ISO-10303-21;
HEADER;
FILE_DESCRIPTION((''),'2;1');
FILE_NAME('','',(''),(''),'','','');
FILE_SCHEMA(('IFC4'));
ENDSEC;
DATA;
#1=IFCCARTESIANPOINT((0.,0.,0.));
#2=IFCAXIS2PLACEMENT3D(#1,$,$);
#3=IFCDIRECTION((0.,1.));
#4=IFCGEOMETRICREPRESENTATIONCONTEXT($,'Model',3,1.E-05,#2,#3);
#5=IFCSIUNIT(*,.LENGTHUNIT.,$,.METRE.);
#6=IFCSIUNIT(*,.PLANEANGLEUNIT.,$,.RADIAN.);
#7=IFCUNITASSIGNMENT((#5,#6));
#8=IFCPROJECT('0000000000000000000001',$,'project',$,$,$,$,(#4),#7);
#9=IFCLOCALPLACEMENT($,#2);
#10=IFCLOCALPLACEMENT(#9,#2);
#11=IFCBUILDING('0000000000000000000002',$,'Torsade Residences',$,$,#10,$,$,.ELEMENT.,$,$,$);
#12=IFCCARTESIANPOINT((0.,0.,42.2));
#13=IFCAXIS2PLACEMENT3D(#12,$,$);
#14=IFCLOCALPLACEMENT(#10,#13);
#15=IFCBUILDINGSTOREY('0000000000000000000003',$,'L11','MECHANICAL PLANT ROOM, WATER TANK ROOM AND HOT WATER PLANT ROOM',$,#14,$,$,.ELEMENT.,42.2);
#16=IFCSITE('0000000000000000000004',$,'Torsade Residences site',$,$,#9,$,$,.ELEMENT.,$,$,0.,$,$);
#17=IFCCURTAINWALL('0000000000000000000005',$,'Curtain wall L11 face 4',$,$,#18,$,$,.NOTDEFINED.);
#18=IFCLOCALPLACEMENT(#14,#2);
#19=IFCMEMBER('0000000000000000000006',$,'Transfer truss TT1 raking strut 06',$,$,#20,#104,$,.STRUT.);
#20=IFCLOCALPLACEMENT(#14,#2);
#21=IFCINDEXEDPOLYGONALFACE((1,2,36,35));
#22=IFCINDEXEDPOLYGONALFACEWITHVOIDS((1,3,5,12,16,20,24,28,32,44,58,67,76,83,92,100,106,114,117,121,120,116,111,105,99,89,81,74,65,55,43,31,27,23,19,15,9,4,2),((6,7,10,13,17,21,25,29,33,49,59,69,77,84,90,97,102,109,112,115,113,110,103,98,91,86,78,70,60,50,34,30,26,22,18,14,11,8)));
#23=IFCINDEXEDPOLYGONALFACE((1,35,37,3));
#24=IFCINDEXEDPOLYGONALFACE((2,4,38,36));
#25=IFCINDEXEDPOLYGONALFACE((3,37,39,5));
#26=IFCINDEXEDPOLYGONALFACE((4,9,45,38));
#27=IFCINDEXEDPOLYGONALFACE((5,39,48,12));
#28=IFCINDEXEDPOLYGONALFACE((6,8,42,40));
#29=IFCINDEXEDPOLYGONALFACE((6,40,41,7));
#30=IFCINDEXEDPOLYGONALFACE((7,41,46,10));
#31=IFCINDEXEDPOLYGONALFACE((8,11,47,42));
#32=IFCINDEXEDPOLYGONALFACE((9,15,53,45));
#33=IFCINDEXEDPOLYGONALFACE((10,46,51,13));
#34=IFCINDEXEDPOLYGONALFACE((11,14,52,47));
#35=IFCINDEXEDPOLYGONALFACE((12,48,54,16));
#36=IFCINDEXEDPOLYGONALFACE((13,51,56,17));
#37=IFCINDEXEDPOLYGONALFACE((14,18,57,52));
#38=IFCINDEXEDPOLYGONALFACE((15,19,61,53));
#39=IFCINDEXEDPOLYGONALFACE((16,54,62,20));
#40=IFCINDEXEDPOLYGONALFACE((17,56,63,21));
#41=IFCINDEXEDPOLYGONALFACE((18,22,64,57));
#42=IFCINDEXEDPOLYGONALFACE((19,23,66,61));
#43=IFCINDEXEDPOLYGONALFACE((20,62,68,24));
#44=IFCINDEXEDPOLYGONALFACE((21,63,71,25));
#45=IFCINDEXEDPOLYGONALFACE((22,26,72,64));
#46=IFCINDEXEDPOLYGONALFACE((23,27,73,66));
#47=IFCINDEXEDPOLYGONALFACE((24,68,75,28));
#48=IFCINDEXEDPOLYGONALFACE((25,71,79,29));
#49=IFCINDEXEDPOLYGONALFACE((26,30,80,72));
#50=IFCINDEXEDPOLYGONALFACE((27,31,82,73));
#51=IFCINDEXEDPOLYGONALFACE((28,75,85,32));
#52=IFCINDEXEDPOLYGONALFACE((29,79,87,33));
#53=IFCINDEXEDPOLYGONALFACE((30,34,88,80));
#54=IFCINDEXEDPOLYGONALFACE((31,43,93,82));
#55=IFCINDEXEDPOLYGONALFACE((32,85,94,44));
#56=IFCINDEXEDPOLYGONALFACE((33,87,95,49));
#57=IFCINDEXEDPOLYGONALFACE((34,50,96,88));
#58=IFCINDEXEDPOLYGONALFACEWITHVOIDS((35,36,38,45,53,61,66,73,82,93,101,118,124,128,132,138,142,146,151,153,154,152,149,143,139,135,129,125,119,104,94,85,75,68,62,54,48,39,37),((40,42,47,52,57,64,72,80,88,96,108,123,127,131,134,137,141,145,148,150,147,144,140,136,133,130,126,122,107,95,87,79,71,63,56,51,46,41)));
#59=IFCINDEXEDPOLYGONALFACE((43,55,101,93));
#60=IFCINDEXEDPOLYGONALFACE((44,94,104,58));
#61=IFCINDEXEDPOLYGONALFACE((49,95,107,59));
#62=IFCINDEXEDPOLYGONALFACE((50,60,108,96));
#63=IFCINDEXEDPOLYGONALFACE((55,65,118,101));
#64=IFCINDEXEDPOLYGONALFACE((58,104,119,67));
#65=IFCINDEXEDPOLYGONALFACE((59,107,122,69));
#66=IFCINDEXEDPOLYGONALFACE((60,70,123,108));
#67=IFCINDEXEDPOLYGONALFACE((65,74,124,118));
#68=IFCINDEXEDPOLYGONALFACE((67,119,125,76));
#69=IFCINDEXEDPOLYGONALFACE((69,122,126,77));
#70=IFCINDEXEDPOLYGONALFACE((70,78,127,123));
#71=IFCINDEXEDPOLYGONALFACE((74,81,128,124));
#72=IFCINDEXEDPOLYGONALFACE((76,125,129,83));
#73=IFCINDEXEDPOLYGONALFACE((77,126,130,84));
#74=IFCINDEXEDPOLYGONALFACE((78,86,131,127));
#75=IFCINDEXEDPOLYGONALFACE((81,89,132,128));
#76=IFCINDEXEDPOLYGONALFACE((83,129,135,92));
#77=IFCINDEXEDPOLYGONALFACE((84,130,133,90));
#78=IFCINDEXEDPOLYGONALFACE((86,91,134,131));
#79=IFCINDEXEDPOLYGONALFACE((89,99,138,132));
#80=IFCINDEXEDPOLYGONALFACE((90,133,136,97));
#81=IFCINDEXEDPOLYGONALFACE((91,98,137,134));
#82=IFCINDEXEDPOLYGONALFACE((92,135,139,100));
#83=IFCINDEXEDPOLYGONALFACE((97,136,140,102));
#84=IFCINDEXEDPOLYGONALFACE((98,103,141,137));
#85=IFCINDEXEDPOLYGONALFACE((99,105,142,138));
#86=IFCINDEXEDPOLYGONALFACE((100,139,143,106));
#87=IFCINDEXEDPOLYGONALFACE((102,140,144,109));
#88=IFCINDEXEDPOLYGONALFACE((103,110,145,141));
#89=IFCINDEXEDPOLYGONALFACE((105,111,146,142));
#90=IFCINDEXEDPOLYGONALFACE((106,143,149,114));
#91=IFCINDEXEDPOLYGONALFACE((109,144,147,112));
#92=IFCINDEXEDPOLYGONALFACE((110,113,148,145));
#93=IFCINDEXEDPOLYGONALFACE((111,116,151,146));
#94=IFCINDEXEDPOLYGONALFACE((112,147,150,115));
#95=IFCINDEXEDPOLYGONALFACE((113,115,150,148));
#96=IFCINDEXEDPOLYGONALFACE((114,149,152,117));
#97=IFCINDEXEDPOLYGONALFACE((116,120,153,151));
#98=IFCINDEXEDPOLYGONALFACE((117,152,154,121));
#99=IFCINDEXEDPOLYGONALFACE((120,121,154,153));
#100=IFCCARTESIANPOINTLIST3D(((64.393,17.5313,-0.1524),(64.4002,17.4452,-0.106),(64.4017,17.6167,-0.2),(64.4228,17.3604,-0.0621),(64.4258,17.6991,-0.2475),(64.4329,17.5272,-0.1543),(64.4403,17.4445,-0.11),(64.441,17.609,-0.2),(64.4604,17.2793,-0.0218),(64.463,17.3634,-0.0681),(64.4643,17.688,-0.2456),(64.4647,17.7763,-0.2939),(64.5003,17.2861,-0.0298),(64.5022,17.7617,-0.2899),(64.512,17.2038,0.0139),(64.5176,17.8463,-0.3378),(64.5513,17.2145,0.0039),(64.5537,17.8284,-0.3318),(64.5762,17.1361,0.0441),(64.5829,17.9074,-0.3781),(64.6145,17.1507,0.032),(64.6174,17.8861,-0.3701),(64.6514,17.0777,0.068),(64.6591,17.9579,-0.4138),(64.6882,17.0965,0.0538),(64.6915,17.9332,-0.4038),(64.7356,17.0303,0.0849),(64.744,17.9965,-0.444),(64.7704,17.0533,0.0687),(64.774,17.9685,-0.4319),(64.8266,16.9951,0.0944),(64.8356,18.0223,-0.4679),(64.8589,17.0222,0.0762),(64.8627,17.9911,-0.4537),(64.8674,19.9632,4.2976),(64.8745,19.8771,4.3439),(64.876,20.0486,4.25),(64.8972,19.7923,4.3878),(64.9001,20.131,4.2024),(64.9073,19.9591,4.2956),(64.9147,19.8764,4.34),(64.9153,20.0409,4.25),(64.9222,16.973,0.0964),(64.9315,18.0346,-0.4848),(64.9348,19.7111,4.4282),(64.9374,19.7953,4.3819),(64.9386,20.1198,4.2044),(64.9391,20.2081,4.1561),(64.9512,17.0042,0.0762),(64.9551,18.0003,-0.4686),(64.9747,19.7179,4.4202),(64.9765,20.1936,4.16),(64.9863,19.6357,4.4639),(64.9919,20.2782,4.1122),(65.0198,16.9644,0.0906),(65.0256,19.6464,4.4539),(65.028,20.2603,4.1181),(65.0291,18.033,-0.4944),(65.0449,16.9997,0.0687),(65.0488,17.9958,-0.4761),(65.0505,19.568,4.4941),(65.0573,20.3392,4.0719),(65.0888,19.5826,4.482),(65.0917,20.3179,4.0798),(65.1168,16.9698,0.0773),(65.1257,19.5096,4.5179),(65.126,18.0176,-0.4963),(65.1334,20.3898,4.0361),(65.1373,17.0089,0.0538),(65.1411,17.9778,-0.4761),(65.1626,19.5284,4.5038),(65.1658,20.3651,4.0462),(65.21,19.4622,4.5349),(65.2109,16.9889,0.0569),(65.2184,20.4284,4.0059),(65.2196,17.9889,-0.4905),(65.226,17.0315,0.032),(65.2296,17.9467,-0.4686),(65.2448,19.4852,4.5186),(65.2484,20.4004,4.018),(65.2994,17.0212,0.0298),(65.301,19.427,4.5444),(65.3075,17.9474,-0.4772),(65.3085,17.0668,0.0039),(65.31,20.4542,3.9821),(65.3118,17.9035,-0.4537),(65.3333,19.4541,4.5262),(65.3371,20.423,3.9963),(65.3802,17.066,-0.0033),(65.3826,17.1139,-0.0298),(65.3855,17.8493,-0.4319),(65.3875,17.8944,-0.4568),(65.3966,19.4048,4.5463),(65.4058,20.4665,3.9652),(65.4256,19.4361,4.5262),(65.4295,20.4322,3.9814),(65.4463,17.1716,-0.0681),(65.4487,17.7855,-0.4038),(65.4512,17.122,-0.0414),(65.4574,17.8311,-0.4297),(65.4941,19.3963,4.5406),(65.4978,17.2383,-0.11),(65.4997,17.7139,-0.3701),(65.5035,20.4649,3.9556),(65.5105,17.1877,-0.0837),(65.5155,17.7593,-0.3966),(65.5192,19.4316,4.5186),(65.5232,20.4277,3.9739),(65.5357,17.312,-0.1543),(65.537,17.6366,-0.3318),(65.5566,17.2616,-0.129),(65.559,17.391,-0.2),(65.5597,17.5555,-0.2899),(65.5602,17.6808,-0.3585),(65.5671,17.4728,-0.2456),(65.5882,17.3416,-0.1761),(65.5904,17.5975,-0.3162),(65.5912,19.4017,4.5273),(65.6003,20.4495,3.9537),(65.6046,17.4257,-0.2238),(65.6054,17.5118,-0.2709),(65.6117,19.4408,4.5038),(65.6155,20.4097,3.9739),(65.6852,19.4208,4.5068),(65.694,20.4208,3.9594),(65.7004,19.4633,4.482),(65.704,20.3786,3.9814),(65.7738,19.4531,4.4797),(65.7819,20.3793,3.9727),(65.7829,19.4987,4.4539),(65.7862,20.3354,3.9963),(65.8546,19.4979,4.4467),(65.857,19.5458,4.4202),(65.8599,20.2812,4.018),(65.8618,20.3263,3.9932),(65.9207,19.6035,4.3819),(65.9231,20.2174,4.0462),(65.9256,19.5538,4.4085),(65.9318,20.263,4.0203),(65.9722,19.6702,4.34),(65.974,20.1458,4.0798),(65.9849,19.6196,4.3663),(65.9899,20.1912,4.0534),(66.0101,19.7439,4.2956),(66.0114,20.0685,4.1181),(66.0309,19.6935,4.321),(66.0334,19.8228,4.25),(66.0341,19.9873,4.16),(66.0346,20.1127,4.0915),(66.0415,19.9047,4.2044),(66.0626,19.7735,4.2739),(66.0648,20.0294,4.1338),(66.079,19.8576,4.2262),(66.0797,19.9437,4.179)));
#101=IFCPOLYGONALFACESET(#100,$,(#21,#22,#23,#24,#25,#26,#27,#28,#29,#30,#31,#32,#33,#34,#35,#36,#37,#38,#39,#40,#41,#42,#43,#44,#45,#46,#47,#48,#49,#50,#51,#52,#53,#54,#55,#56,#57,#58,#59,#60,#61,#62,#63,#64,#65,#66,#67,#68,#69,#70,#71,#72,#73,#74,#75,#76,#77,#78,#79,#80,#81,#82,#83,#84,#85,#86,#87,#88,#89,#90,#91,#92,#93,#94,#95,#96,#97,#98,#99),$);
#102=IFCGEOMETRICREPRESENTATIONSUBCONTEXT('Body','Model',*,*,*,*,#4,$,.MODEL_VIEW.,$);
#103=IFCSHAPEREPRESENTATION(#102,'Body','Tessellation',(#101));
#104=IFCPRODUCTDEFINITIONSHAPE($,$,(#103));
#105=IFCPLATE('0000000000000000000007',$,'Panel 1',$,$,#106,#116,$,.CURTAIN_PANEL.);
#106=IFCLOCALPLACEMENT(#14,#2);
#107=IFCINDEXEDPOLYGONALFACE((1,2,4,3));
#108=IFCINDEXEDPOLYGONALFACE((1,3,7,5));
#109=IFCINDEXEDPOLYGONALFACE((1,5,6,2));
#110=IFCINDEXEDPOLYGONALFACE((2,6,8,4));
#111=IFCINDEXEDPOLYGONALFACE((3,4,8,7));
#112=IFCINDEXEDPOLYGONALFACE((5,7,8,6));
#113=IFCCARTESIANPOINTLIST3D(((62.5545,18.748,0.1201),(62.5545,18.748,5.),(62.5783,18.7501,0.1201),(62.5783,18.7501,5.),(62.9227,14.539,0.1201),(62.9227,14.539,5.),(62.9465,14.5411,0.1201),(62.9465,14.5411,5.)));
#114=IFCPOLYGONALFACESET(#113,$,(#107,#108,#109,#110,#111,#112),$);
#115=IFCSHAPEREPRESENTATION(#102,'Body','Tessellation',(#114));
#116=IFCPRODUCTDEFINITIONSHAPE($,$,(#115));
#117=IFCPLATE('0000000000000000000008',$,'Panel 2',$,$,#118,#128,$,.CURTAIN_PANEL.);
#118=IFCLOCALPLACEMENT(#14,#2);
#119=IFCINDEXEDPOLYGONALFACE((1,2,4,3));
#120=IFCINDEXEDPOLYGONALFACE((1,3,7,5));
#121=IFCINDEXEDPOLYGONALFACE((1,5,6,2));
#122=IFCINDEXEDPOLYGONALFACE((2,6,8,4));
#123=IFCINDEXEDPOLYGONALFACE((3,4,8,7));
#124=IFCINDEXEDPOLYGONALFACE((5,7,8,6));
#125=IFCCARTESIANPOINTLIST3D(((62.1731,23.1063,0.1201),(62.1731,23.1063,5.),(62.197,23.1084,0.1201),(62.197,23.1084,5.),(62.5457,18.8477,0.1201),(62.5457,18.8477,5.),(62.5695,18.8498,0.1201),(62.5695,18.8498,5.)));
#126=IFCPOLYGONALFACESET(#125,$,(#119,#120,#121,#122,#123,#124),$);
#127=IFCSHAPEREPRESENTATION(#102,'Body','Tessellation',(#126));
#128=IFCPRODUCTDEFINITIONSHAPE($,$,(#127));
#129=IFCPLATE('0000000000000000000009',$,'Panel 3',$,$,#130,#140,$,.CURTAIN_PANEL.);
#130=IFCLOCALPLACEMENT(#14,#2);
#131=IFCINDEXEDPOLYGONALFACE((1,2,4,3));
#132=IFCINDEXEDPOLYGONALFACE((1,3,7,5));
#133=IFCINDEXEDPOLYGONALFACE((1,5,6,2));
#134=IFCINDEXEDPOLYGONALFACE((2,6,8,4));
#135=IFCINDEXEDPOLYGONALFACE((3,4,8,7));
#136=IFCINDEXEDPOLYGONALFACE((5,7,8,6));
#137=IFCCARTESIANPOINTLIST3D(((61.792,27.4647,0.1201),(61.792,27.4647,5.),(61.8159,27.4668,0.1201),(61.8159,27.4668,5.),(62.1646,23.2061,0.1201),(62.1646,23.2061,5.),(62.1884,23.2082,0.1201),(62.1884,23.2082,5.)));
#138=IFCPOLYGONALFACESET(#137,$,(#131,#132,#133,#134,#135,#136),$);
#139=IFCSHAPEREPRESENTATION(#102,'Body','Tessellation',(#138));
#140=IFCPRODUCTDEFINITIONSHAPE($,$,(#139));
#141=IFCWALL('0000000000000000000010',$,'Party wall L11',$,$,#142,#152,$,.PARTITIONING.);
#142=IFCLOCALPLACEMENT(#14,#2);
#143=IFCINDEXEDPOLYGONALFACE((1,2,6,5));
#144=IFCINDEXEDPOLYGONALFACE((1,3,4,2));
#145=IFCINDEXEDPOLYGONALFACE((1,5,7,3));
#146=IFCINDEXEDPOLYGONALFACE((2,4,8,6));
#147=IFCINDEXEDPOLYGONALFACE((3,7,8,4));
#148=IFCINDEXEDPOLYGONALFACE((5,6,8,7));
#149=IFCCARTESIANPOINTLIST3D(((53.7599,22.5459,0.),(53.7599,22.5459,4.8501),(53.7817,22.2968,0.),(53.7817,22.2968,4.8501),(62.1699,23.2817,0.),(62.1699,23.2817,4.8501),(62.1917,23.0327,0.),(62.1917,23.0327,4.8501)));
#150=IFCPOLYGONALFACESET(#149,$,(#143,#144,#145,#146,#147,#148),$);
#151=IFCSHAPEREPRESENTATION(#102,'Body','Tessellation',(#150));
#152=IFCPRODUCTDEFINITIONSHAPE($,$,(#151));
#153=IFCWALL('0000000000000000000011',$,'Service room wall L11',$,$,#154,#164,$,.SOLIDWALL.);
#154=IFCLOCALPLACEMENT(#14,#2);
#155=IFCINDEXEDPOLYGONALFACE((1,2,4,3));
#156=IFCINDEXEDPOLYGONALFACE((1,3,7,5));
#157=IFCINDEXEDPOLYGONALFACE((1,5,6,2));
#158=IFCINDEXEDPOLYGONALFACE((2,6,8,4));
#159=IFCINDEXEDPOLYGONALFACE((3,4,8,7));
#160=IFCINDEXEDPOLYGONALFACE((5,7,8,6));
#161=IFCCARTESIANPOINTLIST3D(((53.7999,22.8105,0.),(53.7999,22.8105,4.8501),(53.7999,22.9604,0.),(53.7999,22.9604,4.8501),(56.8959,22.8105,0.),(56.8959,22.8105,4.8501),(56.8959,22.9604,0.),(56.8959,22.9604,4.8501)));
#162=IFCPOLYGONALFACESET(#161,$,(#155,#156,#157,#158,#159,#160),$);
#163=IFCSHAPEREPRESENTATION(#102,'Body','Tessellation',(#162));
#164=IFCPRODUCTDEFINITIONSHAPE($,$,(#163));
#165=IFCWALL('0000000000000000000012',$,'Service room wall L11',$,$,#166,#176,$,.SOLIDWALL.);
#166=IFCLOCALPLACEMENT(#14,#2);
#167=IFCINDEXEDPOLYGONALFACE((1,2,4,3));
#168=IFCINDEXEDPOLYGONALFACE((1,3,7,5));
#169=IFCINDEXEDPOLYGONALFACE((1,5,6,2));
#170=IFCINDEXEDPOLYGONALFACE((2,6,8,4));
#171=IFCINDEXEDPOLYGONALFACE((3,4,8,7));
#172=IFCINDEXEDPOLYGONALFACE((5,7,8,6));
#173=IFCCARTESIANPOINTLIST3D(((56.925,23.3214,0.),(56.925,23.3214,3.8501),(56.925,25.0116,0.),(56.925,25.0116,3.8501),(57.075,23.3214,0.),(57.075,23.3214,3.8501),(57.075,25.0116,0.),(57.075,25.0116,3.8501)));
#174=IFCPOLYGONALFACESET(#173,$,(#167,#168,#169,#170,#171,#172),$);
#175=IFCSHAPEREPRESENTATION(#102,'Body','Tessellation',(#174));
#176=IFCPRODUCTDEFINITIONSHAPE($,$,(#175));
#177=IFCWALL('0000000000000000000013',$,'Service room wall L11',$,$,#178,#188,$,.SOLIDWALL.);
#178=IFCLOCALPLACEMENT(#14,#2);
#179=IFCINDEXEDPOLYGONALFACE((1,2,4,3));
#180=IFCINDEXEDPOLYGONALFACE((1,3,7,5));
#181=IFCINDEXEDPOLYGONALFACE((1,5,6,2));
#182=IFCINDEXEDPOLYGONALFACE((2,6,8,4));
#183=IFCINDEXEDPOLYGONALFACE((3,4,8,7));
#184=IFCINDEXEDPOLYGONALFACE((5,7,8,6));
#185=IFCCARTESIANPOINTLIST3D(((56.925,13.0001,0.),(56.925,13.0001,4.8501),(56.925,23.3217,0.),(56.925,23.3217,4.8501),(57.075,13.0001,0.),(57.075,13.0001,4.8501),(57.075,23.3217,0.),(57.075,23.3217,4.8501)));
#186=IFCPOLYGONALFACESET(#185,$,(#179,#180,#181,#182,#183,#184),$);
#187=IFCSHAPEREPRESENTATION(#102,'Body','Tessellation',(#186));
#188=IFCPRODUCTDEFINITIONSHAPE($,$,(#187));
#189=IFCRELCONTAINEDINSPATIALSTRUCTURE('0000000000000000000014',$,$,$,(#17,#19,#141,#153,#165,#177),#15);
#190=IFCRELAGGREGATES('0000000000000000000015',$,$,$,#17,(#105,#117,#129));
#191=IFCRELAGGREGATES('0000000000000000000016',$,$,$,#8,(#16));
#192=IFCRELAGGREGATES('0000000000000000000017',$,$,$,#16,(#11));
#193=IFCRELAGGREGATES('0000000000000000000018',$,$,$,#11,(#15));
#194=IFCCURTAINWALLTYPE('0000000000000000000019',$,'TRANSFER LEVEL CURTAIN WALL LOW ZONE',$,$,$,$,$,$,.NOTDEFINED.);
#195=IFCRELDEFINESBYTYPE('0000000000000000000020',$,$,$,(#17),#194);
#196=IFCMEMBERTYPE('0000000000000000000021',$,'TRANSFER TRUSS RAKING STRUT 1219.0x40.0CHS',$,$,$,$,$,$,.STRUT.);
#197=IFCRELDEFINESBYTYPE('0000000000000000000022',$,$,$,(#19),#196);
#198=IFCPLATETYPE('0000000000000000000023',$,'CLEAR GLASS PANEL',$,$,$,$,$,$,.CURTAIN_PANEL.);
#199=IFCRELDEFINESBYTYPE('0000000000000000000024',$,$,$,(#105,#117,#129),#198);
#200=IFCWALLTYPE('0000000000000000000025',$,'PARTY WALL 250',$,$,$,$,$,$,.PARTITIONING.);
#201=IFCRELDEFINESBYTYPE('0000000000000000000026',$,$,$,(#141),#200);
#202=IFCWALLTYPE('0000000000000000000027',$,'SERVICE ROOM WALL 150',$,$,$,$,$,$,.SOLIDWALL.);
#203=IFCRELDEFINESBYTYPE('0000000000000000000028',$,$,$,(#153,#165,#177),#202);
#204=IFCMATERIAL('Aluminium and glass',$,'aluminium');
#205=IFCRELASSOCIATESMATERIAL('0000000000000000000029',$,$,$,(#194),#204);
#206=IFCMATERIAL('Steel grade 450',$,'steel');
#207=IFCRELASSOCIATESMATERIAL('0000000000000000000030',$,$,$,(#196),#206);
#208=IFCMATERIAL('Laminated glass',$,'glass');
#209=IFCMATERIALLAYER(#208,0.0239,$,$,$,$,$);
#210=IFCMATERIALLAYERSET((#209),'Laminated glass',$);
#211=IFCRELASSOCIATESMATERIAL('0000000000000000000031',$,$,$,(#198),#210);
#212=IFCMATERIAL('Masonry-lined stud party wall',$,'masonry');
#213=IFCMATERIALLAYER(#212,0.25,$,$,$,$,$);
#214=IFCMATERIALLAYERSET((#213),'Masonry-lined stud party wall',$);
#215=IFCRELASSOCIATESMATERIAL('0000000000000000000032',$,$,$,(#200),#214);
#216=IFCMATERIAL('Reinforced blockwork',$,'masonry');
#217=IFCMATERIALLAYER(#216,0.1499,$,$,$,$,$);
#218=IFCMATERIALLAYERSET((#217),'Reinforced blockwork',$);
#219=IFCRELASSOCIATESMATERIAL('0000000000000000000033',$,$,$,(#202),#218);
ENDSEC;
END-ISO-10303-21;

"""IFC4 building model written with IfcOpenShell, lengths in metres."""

from ifc_helpers import new_model, si_unit, direction, frame, frame_2d, origin, origin_2d, place, context, subcontext, project, spatial, rectangle, hollow_circle, extrude, material, layer, layer_set, material_profile, profile_set, type_object, element, aggregate, save


model = new_model("IFC4")

# Units and contexts
model_context = context("Model", 3, precision=1e-05, world=origin(), true_north=direction((0.0, 1.0)))
body_context = subcontext(model_context, "Body", "Model", "MODEL_VIEW")
ifc_project = project(units=[si_unit("LENGTHUNIT", "METRE"), si_unit("PLANEANGLEUNIT", "RADIAN")], contexts=[model_context])

# Site, building, storey
site_placement = place(None, origin())
site = spatial("IfcSite", under=ifc_project, at=site_placement, Name="Torsade Residences site", CompositionType="ELEMENT", RefElevation=0.0)
building_placement = place(site_placement, origin())
building = spatial("IfcBuilding", under=site, at=building_placement, Name="Torsade Residences", CompositionType="ELEMENT")
storey_placement = place(building_placement, frame((0.0, 0.0, 42.2)))
storey = spatial("IfcBuildingStorey", under=building, at=storey_placement, Name="L11", Description="MECHANICAL PLANT ROOM, WATER TANK ROOM AND HOT WATER PLANT ROOM", CompositionType="ELEMENT", Elevation=42.2)

# Curtain wall
ifc_material_1 = material(Name="Aluminium and glass", Category="aluminium")
curtain_wall_type = type_object("IfcCurtainWallType", Name="TRANSFER LEVEL CURTAIN WALL LOW ZONE", PredefinedType="NOTDEFINED", material=ifc_material_1)
curtain_wall_placement = place(storey_placement, origin())
curtain_wall = element("IfcCurtainWall", 1, at=curtain_wall_placement, inside=storey, type_object=curtain_wall_type, Name="Curtain wall L11 face 4", PredefinedType="NOTDEFINED")

# Member
ifc_material_2 = material(Name="Steel grade 450", Category="steel")
ifc_material_profile_1 = material_profile(ifc_material_2, hollow_circle(Radius=0.6096, WallThickness=0.04, at=origin_2d()), Name="1219.0x40.0CHS")
ifc_profile_set_1 = profile_set([ifc_material_profile_1], Name="Steel grade 450")
member_type_1 = type_object("IfcMemberType", Name="TRANSFER TRUSS RAKING STRUT 1219.0x40.0CHS", PredefinedType="STRUT", material=ifc_profile_set_1)
member_1_placement = place(storey_placement, frame((65.0, 17.5, -0.2), z_axis=(0.093136, 0.477473, 0.873697), x_axis=(-0.981502, 0.191452, 0.0)))
element("IfcMember", 2, at=member_1_placement, inside=storey, type_object=member_type_1, Name="Transfer truss TT1 raking strut 06", PredefinedType="STRUT", context=body_context, shape_type="SweptSolid", body=[
    extrude(hollow_circle(Radius=0.6096, WallThickness=0.04, at=origin_2d()), origin(), (0.0, 0.0, 1.0), 5.0933),
])

# Plates
ifc_material_3 = material(Name="Laminated glass", Category="glass")
ifc_layer_1 = layer(ifc_material_3, 0.0239)
ifc_layer_set_1 = layer_set([ifc_layer_1], Name="Laminated glass")
plate_type = type_object("IfcPlateType", Name="CLEAR GLASS PANEL", PredefinedType="CURTAIN_PANEL", material=ifc_layer_set_1)
plate_1_placement = place(storey_placement, frame((62.7505, 16.6445, 0.1201), z_axis=(0.0, 0.0, 1.0), x_axis=(-0.087156, 0.996195, 0.0)))
plate_1 = element("IfcPlate", 3, at=plate_1_placement, type_object=plate_type, Name="Panel 1", PredefinedType="CURTAIN_PANEL", context=body_context, shape_type="SweptSolid", body=[
    extrude(rectangle(XDim=4.2251, YDim=0.0239, at=origin_2d()), origin(), (0.0, 0.0, 1.0), 4.8799),
])
plate_2_placement = place(storey_placement, frame((62.3713, 20.978, 0.1201), z_axis=(0.0, 0.0, 1.0), x_axis=(-0.087156, 0.996195, 0.0)))
plate_2 = element("IfcPlate", 4, at=plate_2_placement, type_object=plate_type, Name="Panel 2", PredefinedType="CURTAIN_PANEL", context=body_context, shape_type="SweptSolid", body=[
    extrude(rectangle(XDim=4.2749, YDim=0.0239, at=origin_2d()), origin(), (0.0, 0.0, 1.0), 4.8799),
])
plate_3_placement = place(storey_placement, frame((61.9902, 25.3364, 0.1201), z_axis=(0.0, 0.0, 1.0), x_axis=(-0.087156, 0.996195, 0.0)))
plate_3 = element("IfcPlate", 5, at=plate_3_placement, type_object=plate_type, Name="Panel 3", PredefinedType="CURTAIN_PANEL", context=body_context, shape_type="SweptSolid", body=[
    extrude(rectangle(XDim=4.2749, YDim=0.0239, at=origin_2d()), origin(), (0.0, 0.0, 1.0), 4.8799),
])
aggregate(curtain_wall, [plate_1, plate_2, plate_3])

# Walls
ifc_material_4 = material(Name="Masonry-lined stud party wall", Category="masonry")
ifc_layer_2 = layer(ifc_material_4, 0.25)
ifc_layer_set_2 = layer_set([ifc_layer_2], Name="Masonry-lined stud party wall")
wall_type_1 = type_object("IfcWallType", Name="PARTY WALL 250", PredefinedType="PARTITIONING", material=ifc_layer_set_2)
wall_1_placement = place(storey_placement, frame((62.1809, 23.1572, 0.0), z_axis=(0.0, 0.0, 1.0), x_axis=(-0.996194, -0.087164, 0.0)))
element("IfcWall", 6, at=wall_1_placement, inside=storey, type_object=wall_type_1, Name="Party wall L11", PredefinedType="PARTITIONING", context=body_context, shape_type="SweptSolid", body=[
    extrude(rectangle(XDim=8.4421, YDim=0.25, at=frame_2d((4.2212, 0.0))), origin(), (0.0, 0.0, 1.0), 4.8501),
])
ifc_material_5 = material(Name="Reinforced blockwork", Category="masonry")
ifc_layer_3 = layer(ifc_material_5, 0.1499)
ifc_layer_set_3 = layer_set([ifc_layer_3], Name="Reinforced blockwork")
wall_type_2 = type_object("IfcWallType", Name="SERVICE ROOM WALL 150", PredefinedType="SOLIDWALL", material=ifc_layer_set_3)
wall_2_placement = place(storey_placement, frame((53.8, 22.8855, 0.0), z_axis=(0.0, 0.0, 1.0), x_axis=(1.0, 0.0, 0.0)))
element("IfcWall", 7, at=wall_2_placement, inside=storey, type_object=wall_type_2, Name="Service room wall L11", PredefinedType="SOLIDWALL", context=body_context, shape_type="SweptSolid", body=[
    extrude(rectangle(XDim=3.0959, YDim=0.1499, at=frame_2d((1.5479, 0.0))), origin(), (0.0, 0.0, 1.0), 4.8501),
])
wall_3_placement = place(storey_placement, frame((57.0, 25.0117, 0.0), z_axis=(0.0, 0.0, 1.0), x_axis=(0.0, -1.0, 0.0)))
element("IfcWall", 8, at=wall_3_placement, inside=storey, type_object=wall_type_2, Name="Service room wall L11", PredefinedType="SOLIDWALL", context=body_context, shape_type="SweptSolid", body=[
    extrude(rectangle(XDim=1.6902, YDim=0.1499, at=frame_2d((0.8452, 0.0))), origin(), (0.0, 0.0, 1.0), 3.8501),
])
wall_4_placement = place(storey_placement, frame((57.0, 23.3215, 0.0), z_axis=(0.0, 0.0, 1.0), x_axis=(0.0, -1.0, 0.0)))
element("IfcWall", 9, at=wall_4_placement, inside=storey, type_object=wall_type_2, Name="Service room wall L11", PredefinedType="SOLIDWALL", context=body_context, shape_type="SweptSolid", body=[
    extrude(rectangle(XDim=10.3215, YDim=0.1499, at=frame_2d((5.1606, 0.0))), origin(), (0.0, 0.0, 1.0), 4.8501),
])

save(model, "model.ifc")
